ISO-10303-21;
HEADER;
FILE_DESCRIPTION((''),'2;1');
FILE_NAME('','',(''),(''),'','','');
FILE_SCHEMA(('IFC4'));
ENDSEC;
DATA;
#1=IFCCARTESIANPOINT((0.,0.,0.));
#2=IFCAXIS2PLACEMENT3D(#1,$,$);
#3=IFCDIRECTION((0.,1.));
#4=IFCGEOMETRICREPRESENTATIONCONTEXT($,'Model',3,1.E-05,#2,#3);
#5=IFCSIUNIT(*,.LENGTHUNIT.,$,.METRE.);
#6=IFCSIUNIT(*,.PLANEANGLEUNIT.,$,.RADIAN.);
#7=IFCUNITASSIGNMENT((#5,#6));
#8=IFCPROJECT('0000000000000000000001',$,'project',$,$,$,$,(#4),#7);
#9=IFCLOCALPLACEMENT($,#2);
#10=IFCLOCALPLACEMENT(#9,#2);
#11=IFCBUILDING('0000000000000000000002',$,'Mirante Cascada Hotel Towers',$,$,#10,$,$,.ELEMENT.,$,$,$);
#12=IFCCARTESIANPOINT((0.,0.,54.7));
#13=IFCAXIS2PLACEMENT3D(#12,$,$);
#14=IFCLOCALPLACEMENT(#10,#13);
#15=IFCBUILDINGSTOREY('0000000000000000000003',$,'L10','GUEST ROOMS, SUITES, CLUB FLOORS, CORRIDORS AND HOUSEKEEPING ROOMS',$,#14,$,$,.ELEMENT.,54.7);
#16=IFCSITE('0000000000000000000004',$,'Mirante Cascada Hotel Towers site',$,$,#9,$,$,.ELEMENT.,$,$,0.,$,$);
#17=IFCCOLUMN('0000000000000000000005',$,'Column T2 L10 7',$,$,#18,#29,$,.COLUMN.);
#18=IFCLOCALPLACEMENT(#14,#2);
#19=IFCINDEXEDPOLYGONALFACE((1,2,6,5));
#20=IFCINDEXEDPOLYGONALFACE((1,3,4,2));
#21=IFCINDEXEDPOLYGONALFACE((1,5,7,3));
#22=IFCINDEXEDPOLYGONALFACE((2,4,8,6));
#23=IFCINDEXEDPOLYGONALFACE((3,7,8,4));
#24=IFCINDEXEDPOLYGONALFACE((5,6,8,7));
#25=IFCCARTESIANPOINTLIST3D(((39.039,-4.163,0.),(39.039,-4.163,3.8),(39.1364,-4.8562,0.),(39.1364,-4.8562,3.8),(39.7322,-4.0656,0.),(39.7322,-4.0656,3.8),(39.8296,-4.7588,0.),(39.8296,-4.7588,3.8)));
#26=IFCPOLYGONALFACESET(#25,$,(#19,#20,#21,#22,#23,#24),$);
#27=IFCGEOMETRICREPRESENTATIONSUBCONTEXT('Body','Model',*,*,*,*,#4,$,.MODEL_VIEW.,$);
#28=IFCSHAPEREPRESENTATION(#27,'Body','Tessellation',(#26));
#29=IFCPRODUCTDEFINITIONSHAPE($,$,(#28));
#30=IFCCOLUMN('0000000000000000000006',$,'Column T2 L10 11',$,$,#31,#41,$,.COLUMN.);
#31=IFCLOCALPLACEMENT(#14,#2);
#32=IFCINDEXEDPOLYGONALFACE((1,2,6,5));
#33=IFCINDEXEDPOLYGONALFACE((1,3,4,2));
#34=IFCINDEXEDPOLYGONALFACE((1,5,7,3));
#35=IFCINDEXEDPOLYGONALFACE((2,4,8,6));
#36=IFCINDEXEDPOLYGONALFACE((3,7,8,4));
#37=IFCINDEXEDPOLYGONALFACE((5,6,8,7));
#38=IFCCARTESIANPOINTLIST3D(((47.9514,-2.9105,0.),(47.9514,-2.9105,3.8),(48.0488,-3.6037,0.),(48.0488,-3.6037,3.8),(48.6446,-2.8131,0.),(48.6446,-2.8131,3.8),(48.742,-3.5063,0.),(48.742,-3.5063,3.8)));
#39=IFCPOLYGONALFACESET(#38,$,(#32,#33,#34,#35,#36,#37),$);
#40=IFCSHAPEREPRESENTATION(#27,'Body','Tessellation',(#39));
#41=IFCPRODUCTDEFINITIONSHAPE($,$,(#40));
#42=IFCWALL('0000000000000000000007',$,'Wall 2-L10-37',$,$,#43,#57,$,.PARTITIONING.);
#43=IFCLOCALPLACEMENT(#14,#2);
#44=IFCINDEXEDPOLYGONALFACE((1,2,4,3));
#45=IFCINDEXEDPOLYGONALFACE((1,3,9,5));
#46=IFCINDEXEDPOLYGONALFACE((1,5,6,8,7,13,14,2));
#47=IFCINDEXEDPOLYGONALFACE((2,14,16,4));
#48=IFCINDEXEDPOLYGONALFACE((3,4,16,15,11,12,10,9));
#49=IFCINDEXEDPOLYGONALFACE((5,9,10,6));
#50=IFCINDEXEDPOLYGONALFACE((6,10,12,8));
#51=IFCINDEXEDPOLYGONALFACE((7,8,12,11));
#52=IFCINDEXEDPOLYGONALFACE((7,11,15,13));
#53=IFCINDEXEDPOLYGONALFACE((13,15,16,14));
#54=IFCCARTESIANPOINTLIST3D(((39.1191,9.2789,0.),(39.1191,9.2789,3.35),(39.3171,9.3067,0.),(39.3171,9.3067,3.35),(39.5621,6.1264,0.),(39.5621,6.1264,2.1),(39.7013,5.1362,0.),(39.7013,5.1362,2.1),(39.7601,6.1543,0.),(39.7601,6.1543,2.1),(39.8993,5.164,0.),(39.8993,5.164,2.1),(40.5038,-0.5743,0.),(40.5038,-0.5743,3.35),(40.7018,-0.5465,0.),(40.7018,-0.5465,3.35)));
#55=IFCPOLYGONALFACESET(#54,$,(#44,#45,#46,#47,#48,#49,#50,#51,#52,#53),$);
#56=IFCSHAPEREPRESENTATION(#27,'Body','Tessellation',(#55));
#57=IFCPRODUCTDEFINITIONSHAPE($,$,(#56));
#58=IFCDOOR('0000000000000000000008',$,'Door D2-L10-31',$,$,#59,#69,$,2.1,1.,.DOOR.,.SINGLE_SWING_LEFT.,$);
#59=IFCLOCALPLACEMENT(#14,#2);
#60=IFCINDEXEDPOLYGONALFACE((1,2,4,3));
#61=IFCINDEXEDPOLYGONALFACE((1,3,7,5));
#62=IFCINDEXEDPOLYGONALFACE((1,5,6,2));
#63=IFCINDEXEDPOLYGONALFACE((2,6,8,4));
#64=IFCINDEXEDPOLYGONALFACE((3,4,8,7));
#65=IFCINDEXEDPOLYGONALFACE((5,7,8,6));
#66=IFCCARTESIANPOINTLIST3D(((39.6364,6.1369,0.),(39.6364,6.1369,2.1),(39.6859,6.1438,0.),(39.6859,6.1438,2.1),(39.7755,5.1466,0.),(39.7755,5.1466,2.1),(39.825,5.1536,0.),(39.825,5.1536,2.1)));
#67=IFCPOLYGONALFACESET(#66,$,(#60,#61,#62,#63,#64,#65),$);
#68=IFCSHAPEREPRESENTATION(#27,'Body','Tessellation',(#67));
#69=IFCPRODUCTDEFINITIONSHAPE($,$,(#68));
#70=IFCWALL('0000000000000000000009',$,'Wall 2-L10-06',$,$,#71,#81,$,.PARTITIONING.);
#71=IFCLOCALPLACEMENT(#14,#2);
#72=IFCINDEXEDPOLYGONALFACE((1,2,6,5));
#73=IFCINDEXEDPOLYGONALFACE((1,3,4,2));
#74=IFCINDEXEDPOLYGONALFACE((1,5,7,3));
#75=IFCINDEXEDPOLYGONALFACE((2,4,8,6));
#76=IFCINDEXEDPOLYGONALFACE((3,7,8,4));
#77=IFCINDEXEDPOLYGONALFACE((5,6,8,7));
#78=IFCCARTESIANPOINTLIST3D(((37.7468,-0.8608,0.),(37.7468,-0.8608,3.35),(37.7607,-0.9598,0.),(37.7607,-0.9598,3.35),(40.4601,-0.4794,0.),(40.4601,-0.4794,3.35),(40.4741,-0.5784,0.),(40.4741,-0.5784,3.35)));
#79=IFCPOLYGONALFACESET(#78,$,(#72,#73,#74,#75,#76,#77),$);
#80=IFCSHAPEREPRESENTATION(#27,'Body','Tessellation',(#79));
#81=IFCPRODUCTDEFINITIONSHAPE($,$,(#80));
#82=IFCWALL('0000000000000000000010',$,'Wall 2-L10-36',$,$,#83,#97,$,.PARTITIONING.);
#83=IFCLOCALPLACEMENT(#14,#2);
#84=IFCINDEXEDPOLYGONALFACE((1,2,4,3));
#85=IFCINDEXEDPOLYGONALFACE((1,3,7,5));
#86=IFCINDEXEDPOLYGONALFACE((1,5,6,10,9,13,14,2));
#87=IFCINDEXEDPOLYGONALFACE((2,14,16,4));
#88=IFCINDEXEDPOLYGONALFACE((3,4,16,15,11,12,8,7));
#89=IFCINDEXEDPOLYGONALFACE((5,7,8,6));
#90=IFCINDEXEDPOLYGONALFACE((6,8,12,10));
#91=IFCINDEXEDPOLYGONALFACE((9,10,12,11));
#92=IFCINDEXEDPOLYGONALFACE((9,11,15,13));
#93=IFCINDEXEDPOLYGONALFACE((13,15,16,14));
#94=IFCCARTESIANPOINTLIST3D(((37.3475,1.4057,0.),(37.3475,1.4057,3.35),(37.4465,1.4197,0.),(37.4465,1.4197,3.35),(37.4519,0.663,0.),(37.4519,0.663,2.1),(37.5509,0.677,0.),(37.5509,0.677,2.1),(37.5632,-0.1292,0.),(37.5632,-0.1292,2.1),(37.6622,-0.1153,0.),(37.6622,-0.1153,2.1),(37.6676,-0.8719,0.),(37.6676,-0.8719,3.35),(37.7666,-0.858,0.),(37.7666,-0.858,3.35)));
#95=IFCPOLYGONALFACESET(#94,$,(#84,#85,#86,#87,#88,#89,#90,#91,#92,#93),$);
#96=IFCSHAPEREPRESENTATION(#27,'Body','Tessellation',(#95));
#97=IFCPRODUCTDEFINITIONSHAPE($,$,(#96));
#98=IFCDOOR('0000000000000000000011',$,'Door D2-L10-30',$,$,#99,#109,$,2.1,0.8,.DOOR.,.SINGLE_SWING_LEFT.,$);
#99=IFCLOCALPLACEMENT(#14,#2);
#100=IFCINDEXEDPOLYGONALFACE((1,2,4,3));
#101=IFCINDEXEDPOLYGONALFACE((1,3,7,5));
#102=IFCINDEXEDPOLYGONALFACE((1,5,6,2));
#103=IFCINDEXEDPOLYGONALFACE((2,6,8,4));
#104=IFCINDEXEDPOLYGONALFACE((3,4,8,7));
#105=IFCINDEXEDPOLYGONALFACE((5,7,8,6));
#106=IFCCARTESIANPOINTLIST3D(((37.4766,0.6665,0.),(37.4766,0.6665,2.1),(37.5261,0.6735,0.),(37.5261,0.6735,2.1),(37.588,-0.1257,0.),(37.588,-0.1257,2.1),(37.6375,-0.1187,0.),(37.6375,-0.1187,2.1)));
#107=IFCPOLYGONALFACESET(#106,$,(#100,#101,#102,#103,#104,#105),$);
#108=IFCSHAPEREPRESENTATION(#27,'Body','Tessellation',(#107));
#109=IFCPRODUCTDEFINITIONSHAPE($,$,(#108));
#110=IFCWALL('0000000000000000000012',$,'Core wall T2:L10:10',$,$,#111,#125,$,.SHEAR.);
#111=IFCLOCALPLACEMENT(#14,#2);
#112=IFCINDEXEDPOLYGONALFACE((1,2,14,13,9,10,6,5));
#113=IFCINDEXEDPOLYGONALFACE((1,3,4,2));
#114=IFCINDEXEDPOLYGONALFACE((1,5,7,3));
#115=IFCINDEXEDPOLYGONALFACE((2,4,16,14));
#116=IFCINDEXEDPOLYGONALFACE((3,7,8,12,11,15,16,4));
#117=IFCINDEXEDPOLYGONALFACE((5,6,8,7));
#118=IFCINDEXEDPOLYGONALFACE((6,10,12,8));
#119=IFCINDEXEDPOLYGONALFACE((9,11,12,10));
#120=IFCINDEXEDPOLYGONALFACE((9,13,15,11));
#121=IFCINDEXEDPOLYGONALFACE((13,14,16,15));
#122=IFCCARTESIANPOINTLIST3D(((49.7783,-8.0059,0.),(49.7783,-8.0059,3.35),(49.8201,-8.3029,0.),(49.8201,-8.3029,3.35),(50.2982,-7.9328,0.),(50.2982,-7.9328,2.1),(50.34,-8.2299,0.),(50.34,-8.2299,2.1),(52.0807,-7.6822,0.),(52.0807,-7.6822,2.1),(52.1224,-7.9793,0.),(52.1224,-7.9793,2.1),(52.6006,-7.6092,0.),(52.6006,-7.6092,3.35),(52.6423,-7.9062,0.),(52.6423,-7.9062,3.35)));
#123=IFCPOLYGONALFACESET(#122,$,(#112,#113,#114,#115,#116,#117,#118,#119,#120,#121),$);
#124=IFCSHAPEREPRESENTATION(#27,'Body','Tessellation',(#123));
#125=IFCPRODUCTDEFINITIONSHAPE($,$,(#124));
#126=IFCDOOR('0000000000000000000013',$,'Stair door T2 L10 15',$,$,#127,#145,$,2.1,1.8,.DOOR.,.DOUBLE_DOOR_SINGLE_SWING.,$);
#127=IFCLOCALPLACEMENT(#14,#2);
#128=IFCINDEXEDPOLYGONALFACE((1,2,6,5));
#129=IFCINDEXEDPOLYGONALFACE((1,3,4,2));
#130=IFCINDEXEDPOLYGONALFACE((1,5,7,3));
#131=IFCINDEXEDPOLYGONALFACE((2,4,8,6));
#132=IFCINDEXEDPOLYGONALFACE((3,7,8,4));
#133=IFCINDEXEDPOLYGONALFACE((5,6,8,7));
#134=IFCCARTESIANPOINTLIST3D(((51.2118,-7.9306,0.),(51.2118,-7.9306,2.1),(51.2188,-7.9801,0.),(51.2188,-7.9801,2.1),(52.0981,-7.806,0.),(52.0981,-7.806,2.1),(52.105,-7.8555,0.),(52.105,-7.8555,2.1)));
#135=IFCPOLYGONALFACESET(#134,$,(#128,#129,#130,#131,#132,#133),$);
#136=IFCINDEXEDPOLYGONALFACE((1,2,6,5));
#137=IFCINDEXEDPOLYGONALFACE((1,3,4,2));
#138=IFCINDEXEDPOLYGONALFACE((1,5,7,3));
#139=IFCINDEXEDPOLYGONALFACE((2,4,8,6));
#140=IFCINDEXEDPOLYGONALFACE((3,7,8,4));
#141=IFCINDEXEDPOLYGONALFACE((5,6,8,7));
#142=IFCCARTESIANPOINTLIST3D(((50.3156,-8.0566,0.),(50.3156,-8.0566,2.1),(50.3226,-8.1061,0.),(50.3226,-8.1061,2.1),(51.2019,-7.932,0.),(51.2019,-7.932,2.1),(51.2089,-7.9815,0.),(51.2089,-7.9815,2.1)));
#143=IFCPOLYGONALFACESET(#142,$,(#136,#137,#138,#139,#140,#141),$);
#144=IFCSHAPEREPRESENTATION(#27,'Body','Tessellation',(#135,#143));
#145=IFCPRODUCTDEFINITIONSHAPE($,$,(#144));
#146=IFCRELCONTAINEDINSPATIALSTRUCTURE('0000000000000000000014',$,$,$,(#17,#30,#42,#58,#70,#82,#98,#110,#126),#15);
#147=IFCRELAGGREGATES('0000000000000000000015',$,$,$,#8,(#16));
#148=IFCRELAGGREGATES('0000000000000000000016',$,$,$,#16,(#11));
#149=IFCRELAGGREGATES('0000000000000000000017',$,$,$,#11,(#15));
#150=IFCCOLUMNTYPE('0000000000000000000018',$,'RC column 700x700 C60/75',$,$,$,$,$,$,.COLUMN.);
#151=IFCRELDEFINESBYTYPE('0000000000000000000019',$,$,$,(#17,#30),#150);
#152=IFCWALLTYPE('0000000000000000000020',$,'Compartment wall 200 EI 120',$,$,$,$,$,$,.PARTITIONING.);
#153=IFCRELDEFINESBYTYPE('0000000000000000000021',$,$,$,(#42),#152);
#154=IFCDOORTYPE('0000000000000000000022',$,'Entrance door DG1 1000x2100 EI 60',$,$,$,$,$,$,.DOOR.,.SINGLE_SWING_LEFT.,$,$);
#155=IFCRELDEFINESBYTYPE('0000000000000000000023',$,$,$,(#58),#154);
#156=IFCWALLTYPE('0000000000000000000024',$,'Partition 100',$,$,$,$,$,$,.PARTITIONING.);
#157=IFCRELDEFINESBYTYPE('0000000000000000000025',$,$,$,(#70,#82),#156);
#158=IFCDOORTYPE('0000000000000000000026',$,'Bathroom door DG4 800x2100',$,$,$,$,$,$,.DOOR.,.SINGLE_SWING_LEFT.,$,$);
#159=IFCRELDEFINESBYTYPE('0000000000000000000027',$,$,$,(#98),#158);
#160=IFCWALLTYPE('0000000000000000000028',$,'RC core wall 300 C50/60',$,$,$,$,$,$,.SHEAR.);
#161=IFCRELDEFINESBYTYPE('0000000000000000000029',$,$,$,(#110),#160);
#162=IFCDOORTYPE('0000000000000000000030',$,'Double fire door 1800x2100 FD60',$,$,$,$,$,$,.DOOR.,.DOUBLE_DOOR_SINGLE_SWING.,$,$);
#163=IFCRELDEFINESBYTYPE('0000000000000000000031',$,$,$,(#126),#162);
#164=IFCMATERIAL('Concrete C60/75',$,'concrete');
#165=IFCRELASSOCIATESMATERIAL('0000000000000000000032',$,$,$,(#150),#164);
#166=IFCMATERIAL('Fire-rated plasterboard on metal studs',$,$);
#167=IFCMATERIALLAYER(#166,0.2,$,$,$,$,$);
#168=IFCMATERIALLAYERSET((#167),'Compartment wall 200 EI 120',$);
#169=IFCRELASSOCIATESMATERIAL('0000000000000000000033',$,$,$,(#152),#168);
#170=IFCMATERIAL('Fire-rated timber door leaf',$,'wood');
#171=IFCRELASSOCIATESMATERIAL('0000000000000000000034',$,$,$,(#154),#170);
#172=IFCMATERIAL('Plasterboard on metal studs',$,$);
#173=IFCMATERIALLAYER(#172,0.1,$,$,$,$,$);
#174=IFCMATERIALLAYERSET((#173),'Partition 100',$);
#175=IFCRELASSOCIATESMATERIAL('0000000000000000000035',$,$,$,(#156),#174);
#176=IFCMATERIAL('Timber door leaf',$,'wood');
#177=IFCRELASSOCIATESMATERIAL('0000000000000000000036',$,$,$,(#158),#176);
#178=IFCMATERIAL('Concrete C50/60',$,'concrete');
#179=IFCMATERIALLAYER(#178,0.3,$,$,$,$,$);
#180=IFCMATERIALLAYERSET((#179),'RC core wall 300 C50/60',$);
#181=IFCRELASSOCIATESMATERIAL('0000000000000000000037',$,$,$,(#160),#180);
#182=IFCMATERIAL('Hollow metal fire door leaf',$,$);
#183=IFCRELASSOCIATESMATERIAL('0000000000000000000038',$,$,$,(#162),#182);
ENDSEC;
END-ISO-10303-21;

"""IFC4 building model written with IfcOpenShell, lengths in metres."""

from ifc_helpers import new_model, si_unit, direction, frame, frame_2d, origin, origin_2d, place, context, subcontext, project, spatial, rectangle, extrude, material, layer, layer_set, material_profile, profile_set, type_object, element, fill, save


model = new_model("IFC4")

# Units and contexts
model_context = context("Model", 3, precision=1e-05, world=origin(), true_north=direction((0.0, 1.0)))
body_context = subcontext(model_context, "Body", "Model", "MODEL_VIEW")
ifc_project = project(units=[si_unit("LENGTHUNIT", "METRE"), si_unit("PLANEANGLEUNIT", "RADIAN")], contexts=[model_context])

# Site, building, storey
site_placement = place(None, origin())
site = spatial("IfcSite", under=ifc_project, at=site_placement, Name="Mirante Cascada Hotel Towers site", CompositionType="ELEMENT", RefElevation=0.0)
building_placement = place(site_placement, origin())
building = spatial("IfcBuilding", under=site, at=building_placement, Name="Mirante Cascada Hotel Towers", CompositionType="ELEMENT")
storey_placement = place(building_placement, frame((0.0, 0.0, 54.7)))
storey = spatial("IfcBuildingStorey", under=building, at=storey_placement, Name="L10", Description="GUEST ROOMS, SUITES, CLUB FLOORS, CORRIDORS AND HOUSEKEEPING ROOMS", CompositionType="ELEMENT", Elevation=54.7)

# Columns
ifc_material_1 = material(Name="Concrete C60/75", Category="concrete")
ifc_material_profile = material_profile(ifc_material_1, rectangle(XDim=0.7, YDim=0.7, at=origin_2d()), Name="RC column 700x700 C60/75")
ifc_profile_set = profile_set([ifc_material_profile], Name="Concrete C60/75")
column_type = type_object("IfcColumnType", Name="RC column 700x700 C60/75", PredefinedType="COLUMN", material=ifc_profile_set)
for number, where, z_axis, x_axis, name in (
    (1, (39.4343, -4.4609, 0.0), (0.0, 0.0, 1.0), (0.990268, 0.139173, 0.0), "Column T2 L10 7"),
    (2, (48.3467, -3.2084, 0.0), (0.0, 0.0, 1.0), (0.990268, 0.139173, 0.0), "Column T2 L10 11"),
):
    element("IfcColumn", number, at=place(storey_placement, frame(where, z_axis=z_axis, x_axis=x_axis)), inside=storey, type_object=column_type, Name=name, PredefinedType="COLUMN", context=body_context, shape_type="SweptSolid", body=[
        extrude(rectangle(XDim=0.7, YDim=0.7, at=origin_2d()), origin(), (0.0, 0.0, 1.0), 3.8),
    ])

# Wall, opening, door
ifc_material_2 = material(Name="Fire-rated plasterboard on metal studs")
ifc_layer_1 = layer(ifc_material_2, 0.2)
ifc_layer_set_1 = layer_set([ifc_layer_1], Name="Compartment wall 200 EI 120")
wall_type_1 = type_object("IfcWallType", Name="Compartment wall 200 EI 120", PredefinedType="PARTITIONING", material=ifc_layer_set_1)
wall_1_placement = place(storey_placement, frame((40.6028, -0.5604, 0.0), z_axis=(0.0, 0.0, 1.0), x_axis=(-0.139165, 0.990269, 0.0)))
wall_1 = element("IfcWall", 3, at=wall_1_placement, inside=storey, type_object=wall_type_1, Name="Wall 2-L10-37", PredefinedType="PARTITIONING", context=body_context, shape_type="SweptSolid", body=[
    extrude(rectangle(XDim=9.95, YDim=0.2, at=frame_2d((4.975, 0.0))), origin(), (0.0, 0.0, 1.0), 3.35),
])
opening_1_placement = place(wall_1_placement, frame((5.7666, 0.0, 0.0)))
opening_1 = element("IfcOpeningElement", 4, at=opening_1_placement, cuts=wall_1, PredefinedType="OPENING", context=body_context, shape_type="SweptSolid", body=[
    extrude(rectangle(XDim=1.0, YDim=2.1, at=frame_2d((0.5, 1.05))), frame((0.0, 0.1, 0.0), z_axis=(0.0, -1.0, 0.0), x_axis=(1.0, 0.0, 0.0)), (0.0, 0.0, 1.0), 0.2),
])
ifc_material_3 = material(Name="Fire-rated timber door leaf", Category="wood")
door_type_1 = type_object("IfcDoorType", Name="Entrance door DG1 1000x2100 EI 60", OperationType="SINGLE_SWING_LEFT", PredefinedType="DOOR", material=ifc_material_3)
door_1_placement = place(opening_1_placement, origin())
door_1 = element("IfcDoor", 5, at=door_1_placement, inside=storey, type_object=door_type_1, Name="Door D2-L10-31", OperationType="SINGLE_SWING_LEFT", OverallHeight=2.1, OverallWidth=1.0, PredefinedType="DOOR", context=body_context, shape_type="SweptSolid", body=[
    extrude(rectangle(XDim=1.0, YDim=2.1, at=frame_2d((0.5, 1.05))), frame((0.0, 0.025, 0.0), z_axis=(0.0, -1.0, 0.0), x_axis=(1.0, 0.0, 0.0)), (0.0, 0.0, 1.0), 0.05),
])
fill(opening_1, door_1)

# Wall
ifc_material_4 = material(Name="Plasterboard on metal studs")
ifc_layer_2 = layer(ifc_material_4, 0.1)
ifc_layer_set_2 = layer_set([ifc_layer_2], Name="Partition 100")
wall_type_2 = type_object("IfcWallType", Name="Partition 100", PredefinedType="PARTITIONING", material=ifc_layer_set_2)
wall_2_placement = place(storey_placement, frame((40.4671, -0.5289, 0.0), z_axis=(0.0, 0.0, 1.0), x_axis=(-0.990264, -0.139198, 0.0)))
element("IfcWall", 6, at=wall_2_placement, inside=storey, type_object=wall_type_2, Name="Wall 2-L10-06", PredefinedType="PARTITIONING", context=body_context, shape_type="SweptSolid", body=[
    extrude(rectangle(XDim=2.74, YDim=0.1, at=frame_2d((1.37, 0.0))), origin(), (0.0, 0.0, 1.0), 3.35),
])

# Walls, openings, doors
wall_3_placement = place(storey_placement, frame((37.397, 1.4127, 0.0), z_axis=(0.0, 0.0, 1.0), x_axis=(0.139175, -0.990268, 0.0)))
wall_3 = element("IfcWall", 7, at=wall_3_placement, inside=storey, type_object=wall_type_2, Name="Wall 2-L10-36", PredefinedType="PARTITIONING", context=body_context, shape_type="SweptSolid", body=[
    extrude(rectangle(XDim=2.3, YDim=0.1, at=frame_2d((1.15, 0.0))), origin(), (0.0, 0.0, 1.0), 3.35),
])
opening_2_placement = place(wall_3_placement, frame((0.75, 0.0, 0.0)))
opening_2 = element("IfcOpeningElement", 8, at=opening_2_placement, cuts=wall_3, PredefinedType="OPENING", context=body_context, shape_type="SweptSolid", body=[
    extrude(rectangle(XDim=0.8, YDim=2.1, at=frame_2d((0.4, 1.05))), frame((0.0, 0.05, 0.0), z_axis=(0.0, -1.0, 0.0), x_axis=(1.0, 0.0, 0.0)), (0.0, 0.0, 1.0), 0.1),
])
ifc_material_5 = material(Name="Timber door leaf", Category="wood")
door_type_2 = type_object("IfcDoorType", Name="Bathroom door DG4 800x2100", OperationType="SINGLE_SWING_LEFT", PredefinedType="DOOR", material=ifc_material_5)
door_2_placement = place(opening_2_placement, origin())
door_2 = element("IfcDoor", 9, at=door_2_placement, inside=storey, type_object=door_type_2, Name="Door D2-L10-30", OperationType="SINGLE_SWING_LEFT", OverallHeight=2.1, OverallWidth=0.8, PredefinedType="DOOR", context=body_context, shape_type="SweptSolid", body=[
    extrude(rectangle(XDim=0.8, YDim=2.1, at=frame_2d((0.4, 1.05))), frame((0.0, 0.025, 0.0), z_axis=(0.0, -1.0, 0.0), x_axis=(1.0, 0.0, 0.0)), (0.0, 0.0, 1.0), 0.05),
])
fill(opening_2, door_2)
ifc_material_6 = material(Name="Concrete C50/60", Category="concrete")
ifc_layer_3 = layer(ifc_material_6, 0.3)
ifc_layer_set_3 = layer_set([ifc_layer_3], Name="RC core wall 300 C50/60")
wall_type_3 = type_object("IfcWallType", Name="RC core wall 300 C50/60", PredefinedType="SHEAR", material=ifc_layer_set_3)
wall_4_placement = place(storey_placement, frame((49.7992, -8.1544, 0.0), z_axis=(0.0, 0.0, 1.0), x_axis=(0.990266, 0.139191, 0.0)))
wall_4 = element("IfcWall", 10, at=wall_4_placement, inside=storey, type_object=wall_type_3, Name="Core wall T2:L10:10", PredefinedType="SHEAR", context=body_context, shape_type="SweptSolid", body=[
    extrude(rectangle(XDim=2.85, YDim=0.3, at=frame_2d((1.425, 0.0))), origin(), (0.0, 0.0, 1.0), 3.35),
])
opening_3_placement = place(wall_4_placement, frame((0.525, 0.0, 0.0)))
opening_3 = element("IfcOpeningElement", 11, at=opening_3_placement, cuts=wall_4, PredefinedType="OPENING", context=body_context, shape_type="SweptSolid", body=[
    extrude(rectangle(XDim=1.8, YDim=2.1, at=frame_2d((0.9, 1.05))), frame((0.0, 0.15, 0.0), z_axis=(0.0, -1.0, 0.0), x_axis=(1.0, 0.0, 0.0)), (0.0, 0.0, 1.0), 0.3),
])
ifc_material_7 = material(Name="Hollow metal fire door leaf")
door_type_3 = type_object("IfcDoorType", Name="Double fire door 1800x2100 FD60", OperationType="DOUBLE_DOOR_SINGLE_SWING", PredefinedType="DOOR", material=ifc_material_7)
door_3_placement = place(opening_3_placement, frame((1.8, 0.0, 0.0), z_axis=(0.0, 0.0, 1.0), x_axis=(-1.0, 0.0, 0.0)))
door_3 = element("IfcDoor", 12, at=door_3_placement, inside=storey, type_object=door_type_3, Name="Stair door T2 L10 15", OperationType="DOUBLE_DOOR_SINGLE_SWING", OverallHeight=2.1, OverallWidth=1.8, PredefinedType="DOOR", context=body_context, shape_type="SweptSolid", body=[
    extrude(rectangle(XDim=0.895, YDim=2.1, at=frame_2d((0.4475, 1.05))), frame((0.0, 0.025, 0.0), z_axis=(0.0, -1.0, 0.0), x_axis=(1.0, 0.0, 0.0)), (0.0, 0.0, 1.0), 0.05),
    extrude(rectangle(XDim=0.895, YDim=2.1, at=frame_2d((1.3525, 1.05))), frame((0.0, 0.025, 0.0), z_axis=(0.0, -1.0, 0.0), x_axis=(1.0, 0.0, 0.0)), (0.0, 0.0, 1.0), 0.05),
])
fill(opening_3, door_3)

save(model, "model.ifc")
